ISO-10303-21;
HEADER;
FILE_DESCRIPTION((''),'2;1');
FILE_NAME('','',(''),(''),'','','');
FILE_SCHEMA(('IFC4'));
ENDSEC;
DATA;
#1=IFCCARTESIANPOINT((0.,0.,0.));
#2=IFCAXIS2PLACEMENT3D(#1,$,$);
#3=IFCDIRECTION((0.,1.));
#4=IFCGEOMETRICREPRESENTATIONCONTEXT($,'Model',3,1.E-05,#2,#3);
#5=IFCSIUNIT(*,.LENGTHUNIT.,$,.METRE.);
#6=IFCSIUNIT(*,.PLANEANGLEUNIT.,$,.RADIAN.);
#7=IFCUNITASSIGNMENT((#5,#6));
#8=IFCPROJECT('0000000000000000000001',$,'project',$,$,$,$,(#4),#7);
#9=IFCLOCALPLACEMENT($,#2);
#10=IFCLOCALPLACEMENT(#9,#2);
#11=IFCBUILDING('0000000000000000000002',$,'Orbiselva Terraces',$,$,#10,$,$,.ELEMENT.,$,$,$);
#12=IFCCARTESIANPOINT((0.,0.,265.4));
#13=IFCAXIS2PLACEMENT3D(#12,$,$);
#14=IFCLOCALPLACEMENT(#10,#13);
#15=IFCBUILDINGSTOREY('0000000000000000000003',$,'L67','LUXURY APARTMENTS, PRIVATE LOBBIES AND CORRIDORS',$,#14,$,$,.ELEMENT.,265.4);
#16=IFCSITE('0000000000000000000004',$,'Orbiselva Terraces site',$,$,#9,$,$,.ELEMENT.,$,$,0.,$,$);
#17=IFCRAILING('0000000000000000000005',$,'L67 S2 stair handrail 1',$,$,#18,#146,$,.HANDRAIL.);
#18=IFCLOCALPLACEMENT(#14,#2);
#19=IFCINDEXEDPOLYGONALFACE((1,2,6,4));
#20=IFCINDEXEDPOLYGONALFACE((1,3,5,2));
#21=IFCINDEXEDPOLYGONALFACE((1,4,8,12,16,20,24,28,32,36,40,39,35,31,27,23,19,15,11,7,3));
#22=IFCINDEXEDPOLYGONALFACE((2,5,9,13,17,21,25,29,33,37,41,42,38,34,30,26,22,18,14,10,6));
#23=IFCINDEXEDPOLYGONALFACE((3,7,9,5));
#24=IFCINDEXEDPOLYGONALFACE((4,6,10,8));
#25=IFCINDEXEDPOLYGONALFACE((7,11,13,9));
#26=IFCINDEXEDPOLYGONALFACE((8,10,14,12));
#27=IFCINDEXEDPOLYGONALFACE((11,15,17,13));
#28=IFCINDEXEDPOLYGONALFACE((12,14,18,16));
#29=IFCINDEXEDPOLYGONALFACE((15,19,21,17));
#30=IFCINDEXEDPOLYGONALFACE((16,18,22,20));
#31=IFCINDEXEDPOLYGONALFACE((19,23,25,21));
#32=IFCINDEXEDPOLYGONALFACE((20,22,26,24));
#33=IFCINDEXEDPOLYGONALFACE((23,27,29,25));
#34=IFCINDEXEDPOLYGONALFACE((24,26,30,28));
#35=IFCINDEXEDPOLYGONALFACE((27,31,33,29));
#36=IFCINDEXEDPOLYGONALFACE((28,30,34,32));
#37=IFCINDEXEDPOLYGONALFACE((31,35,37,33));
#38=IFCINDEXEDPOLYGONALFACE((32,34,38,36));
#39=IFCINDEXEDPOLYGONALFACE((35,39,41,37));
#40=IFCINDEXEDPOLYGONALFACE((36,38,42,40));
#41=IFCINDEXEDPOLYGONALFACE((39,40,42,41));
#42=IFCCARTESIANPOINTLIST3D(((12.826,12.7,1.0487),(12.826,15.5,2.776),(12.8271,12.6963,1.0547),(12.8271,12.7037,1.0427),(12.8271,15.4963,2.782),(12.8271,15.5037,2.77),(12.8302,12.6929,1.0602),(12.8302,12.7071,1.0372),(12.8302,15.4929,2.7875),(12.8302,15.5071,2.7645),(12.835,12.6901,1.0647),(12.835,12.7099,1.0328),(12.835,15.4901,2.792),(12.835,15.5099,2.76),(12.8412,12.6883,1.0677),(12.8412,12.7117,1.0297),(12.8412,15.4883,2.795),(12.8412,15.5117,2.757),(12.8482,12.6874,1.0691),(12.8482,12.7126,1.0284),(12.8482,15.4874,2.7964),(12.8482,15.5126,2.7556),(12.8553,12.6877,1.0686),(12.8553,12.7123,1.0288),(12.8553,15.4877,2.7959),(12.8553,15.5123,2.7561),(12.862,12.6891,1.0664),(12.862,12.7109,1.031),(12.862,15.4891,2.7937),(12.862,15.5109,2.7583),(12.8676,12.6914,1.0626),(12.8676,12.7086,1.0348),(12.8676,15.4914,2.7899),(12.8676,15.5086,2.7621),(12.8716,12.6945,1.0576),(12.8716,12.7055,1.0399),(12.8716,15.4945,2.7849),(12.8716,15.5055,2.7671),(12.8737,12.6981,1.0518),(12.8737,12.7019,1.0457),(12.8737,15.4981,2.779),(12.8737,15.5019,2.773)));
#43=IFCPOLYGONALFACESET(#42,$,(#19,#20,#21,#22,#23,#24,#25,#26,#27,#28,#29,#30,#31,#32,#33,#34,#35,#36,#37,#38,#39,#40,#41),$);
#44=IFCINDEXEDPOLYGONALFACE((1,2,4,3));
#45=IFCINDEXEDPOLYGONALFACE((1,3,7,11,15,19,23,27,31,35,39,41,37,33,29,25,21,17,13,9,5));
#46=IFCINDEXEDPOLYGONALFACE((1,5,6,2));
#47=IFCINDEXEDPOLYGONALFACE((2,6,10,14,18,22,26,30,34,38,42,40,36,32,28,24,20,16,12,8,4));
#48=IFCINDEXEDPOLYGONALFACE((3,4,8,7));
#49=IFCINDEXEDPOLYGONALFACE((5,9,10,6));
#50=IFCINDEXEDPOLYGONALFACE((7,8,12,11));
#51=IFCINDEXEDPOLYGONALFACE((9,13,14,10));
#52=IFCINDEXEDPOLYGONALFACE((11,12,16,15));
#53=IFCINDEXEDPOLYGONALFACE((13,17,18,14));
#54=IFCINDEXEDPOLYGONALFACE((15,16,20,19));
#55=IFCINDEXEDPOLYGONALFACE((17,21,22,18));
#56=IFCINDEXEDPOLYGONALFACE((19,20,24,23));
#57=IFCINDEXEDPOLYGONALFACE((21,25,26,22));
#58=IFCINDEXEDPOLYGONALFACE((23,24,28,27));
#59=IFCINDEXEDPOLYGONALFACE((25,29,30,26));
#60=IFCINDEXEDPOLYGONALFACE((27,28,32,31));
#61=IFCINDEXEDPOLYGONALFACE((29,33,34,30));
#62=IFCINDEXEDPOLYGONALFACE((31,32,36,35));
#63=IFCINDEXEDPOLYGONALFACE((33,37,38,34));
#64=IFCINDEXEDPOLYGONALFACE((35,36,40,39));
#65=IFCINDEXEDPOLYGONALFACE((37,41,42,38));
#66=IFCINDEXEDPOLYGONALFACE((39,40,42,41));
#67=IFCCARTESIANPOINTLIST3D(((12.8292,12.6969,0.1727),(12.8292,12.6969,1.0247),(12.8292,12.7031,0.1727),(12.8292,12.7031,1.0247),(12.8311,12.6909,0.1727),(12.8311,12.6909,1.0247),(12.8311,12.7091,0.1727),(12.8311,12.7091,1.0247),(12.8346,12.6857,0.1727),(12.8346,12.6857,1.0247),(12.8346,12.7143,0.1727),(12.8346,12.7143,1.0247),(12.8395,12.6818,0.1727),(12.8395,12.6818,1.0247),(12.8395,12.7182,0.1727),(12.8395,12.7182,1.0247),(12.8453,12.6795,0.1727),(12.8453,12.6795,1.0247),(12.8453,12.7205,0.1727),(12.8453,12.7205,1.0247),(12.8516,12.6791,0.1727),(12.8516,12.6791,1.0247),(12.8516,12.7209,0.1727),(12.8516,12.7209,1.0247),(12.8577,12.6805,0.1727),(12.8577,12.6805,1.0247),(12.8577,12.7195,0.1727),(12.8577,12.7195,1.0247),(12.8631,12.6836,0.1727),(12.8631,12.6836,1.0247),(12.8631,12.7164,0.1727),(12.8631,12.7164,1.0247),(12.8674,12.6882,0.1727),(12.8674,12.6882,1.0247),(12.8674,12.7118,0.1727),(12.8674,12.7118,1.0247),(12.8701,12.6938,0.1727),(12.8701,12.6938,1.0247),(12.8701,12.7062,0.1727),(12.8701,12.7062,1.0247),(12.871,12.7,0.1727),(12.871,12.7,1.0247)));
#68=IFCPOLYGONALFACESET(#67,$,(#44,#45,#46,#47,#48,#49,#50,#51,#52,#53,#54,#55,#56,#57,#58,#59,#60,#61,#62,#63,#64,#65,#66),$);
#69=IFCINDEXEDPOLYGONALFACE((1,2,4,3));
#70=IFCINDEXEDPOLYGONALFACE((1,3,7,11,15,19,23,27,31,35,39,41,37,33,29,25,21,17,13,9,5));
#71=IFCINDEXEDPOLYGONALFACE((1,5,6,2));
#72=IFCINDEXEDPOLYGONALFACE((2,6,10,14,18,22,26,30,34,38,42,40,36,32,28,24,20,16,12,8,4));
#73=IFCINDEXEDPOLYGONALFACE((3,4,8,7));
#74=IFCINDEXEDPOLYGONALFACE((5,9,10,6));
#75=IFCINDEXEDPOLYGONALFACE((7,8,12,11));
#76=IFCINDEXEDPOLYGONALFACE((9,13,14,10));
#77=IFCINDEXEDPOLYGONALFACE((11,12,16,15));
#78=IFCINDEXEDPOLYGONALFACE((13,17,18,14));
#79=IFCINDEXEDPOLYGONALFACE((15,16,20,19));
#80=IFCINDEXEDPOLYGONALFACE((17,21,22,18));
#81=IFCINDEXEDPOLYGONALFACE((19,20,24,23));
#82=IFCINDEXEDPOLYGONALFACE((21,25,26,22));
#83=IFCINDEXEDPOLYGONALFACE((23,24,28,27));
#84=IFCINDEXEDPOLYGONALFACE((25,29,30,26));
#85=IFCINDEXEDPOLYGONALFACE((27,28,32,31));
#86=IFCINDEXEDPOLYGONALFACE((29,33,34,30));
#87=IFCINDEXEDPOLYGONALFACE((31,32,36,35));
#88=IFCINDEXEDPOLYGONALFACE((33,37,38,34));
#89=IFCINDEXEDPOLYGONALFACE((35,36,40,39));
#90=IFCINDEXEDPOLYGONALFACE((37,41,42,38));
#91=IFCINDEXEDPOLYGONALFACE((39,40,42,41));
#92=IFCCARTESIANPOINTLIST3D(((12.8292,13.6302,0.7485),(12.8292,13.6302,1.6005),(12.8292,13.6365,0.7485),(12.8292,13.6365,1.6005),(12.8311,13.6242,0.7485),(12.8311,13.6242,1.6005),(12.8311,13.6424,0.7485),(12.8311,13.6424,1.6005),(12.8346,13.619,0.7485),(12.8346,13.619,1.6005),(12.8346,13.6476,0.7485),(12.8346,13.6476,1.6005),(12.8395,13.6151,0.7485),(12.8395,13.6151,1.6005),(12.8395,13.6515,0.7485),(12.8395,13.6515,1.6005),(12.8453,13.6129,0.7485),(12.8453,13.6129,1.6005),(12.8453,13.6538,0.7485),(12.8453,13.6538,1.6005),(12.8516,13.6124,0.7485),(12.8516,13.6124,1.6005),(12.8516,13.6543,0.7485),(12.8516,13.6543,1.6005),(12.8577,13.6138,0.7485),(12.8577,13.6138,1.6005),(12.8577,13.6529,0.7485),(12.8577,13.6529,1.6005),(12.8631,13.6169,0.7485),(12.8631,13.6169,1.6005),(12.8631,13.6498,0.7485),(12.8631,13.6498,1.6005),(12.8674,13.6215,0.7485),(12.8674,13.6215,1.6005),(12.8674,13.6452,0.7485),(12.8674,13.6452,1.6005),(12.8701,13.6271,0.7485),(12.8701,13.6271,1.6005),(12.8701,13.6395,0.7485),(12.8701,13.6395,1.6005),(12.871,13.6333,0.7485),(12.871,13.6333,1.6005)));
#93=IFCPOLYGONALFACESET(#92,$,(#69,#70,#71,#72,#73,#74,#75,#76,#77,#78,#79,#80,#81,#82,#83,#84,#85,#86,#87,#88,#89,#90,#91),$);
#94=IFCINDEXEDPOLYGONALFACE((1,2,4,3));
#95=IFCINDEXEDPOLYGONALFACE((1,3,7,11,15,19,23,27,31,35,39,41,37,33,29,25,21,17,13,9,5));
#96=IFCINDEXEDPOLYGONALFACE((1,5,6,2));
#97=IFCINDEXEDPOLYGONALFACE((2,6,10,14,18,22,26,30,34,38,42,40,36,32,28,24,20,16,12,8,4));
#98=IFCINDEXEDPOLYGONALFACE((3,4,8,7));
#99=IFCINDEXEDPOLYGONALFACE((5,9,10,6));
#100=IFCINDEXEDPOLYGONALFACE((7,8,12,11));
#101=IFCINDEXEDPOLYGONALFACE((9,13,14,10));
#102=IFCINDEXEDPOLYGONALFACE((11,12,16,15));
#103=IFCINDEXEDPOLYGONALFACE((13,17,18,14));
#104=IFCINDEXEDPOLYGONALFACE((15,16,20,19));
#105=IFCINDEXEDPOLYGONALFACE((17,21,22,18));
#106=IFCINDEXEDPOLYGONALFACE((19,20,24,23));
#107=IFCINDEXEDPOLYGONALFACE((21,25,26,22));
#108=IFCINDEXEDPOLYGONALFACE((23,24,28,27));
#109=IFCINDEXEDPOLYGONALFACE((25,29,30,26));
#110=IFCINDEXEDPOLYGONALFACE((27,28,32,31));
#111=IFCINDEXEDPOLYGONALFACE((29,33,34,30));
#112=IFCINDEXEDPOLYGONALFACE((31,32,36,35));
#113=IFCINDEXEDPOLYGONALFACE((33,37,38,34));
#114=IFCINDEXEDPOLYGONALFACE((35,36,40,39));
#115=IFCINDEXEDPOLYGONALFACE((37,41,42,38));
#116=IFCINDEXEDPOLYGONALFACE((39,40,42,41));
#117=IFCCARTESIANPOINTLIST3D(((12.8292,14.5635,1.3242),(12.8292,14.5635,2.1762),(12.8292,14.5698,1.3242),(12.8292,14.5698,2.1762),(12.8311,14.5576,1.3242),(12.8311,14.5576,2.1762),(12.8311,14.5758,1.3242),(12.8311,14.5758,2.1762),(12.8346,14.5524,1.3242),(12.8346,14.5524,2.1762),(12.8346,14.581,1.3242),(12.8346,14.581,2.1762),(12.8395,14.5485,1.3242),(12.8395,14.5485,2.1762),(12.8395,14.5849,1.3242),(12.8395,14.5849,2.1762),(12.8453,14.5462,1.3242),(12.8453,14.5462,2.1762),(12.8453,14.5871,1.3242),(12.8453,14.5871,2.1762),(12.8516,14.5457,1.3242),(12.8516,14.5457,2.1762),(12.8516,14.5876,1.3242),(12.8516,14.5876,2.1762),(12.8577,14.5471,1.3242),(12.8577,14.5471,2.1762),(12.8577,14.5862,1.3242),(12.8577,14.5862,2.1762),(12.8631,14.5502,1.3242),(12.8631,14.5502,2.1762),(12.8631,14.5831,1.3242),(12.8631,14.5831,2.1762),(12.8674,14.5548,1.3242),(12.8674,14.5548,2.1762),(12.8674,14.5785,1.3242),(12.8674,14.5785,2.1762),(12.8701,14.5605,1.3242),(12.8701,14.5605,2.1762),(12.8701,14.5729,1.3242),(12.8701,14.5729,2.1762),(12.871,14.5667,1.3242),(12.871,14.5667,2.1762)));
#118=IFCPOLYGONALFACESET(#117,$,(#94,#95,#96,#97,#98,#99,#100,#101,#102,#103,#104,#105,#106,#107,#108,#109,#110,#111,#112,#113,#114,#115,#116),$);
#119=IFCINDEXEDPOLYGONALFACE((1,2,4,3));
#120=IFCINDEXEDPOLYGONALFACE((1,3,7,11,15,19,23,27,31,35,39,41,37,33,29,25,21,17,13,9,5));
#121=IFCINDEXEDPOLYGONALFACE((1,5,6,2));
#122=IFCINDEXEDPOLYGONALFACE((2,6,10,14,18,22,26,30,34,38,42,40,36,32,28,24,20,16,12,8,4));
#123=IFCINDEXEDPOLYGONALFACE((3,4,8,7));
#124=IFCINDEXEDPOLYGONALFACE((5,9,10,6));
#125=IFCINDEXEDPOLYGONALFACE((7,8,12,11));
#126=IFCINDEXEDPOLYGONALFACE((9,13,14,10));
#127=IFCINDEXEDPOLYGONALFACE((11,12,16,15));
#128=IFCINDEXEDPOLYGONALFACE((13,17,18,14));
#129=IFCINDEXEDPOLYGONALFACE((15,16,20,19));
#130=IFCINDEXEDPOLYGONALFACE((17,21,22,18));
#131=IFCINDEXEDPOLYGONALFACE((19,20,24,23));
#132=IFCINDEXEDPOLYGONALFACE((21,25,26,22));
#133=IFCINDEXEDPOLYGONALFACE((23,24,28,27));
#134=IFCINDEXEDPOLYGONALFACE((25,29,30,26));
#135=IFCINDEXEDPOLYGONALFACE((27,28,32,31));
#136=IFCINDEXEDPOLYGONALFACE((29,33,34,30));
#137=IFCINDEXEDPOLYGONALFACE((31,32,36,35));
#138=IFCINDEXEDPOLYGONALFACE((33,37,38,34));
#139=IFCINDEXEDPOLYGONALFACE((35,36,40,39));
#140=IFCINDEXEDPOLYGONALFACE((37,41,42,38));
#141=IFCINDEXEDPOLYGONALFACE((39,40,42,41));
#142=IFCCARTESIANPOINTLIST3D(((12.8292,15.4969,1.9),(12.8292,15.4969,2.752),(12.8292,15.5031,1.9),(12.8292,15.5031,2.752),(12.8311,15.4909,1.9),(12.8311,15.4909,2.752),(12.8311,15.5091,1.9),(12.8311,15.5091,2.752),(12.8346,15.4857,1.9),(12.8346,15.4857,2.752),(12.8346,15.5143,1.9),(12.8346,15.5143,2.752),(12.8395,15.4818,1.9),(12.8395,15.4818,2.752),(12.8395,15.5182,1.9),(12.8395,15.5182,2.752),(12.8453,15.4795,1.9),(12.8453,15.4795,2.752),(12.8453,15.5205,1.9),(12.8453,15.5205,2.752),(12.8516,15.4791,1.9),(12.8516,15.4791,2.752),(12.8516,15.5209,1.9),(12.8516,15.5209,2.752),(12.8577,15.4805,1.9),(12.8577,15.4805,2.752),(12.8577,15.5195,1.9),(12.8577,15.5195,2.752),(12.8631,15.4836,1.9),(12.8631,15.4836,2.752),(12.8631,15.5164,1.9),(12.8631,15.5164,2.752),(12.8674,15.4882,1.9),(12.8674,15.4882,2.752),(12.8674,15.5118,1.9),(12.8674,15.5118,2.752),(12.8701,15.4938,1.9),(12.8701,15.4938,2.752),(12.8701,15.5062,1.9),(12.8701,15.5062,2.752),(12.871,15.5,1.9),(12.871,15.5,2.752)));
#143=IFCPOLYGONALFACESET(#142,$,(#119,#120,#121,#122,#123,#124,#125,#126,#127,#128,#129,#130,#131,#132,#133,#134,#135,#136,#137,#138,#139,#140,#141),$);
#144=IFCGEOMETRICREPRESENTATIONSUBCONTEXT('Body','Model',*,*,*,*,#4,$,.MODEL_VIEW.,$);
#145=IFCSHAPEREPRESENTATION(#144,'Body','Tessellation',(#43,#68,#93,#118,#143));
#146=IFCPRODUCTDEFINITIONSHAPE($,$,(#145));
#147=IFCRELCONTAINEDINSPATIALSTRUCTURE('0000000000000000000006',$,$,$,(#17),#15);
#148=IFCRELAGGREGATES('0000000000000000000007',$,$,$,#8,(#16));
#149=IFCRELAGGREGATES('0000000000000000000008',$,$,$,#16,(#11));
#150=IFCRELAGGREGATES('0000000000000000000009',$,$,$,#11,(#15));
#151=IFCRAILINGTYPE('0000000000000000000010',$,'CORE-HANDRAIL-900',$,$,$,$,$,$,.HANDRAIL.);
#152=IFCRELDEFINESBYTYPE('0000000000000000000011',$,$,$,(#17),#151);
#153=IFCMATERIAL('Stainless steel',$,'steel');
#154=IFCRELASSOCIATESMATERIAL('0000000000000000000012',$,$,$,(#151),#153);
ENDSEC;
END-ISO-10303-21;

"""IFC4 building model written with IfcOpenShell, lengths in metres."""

from ifc_helpers import new_model, si_unit, direction, frame, origin, origin_2d, place, context, subcontext, project, spatial, circle, extrude, material, type_object, element, save


model = new_model("IFC4")

# Units and contexts
model_context = context("Model", 3, precision=1e-05, world=origin(), true_north=direction((0.0, 1.0)))
body_context = subcontext(model_context, "Body", "Model", "MODEL_VIEW")
ifc_project = project(units=[si_unit("LENGTHUNIT", "METRE"), si_unit("PLANEANGLEUNIT", "RADIAN")], contexts=[model_context])

# Site, building, storey
site_placement = place(None, origin())
site = spatial("IfcSite", under=ifc_project, at=site_placement, Name="Orbiselva Terraces site", CompositionType="ELEMENT", RefElevation=0.0)
building_placement = place(site_placement, origin())
building = spatial("IfcBuilding", under=site, at=building_placement, Name="Orbiselva Terraces", CompositionType="ELEMENT")
storey_placement = place(building_placement, frame((0.0, 0.0, 265.4)))
storey = spatial("IfcBuildingStorey", under=building, at=storey_placement, Name="L67", Description="LUXURY APARTMENTS, PRIVATE LOBBIES AND CORRIDORS", CompositionType="ELEMENT", Elevation=265.4)

# Railing
ifc_material_1 = material(Name="Stainless steel", Category="steel")
railing_type_1 = type_object("IfcRailingType", Name="CORE-HANDRAIL-900", PredefinedType="HANDRAIL", material=ifc_material_1)
railing_1_placement = place(storey_placement, frame((12.85, 12.7, 0.1727)))
element("IfcRailing", 1, at=railing_1_placement, inside=storey, type_object=railing_type_1, Name="L67 S2 stair handrail 1", PredefinedType="HANDRAIL", context=body_context, shape_type="SweptSolid", body=[
    extrude(circle(Radius=0.024, at=origin_2d()), frame((0.0, 0.0, 0.876), z_axis=(0.0, 0.851089, 0.525022), x_axis=(-1.0, 0.0, 0.0)), (0.0, 0.0, 1.0), 3.2899),
    extrude(circle(Radius=0.021, at=origin_2d()), origin(), (0.0, 0.0, 1.0), 0.852),
    extrude(circle(Radius=0.021, at=origin_2d()), frame((0.0, 0.9333, 0.5758)), (0.0, 0.0, 1.0), 0.852),
    extrude(circle(Radius=0.021, at=origin_2d()), frame((0.0, 1.8667, 1.1515)), (0.0, 0.0, 1.0), 0.852),
    extrude(circle(Radius=0.021, at=origin_2d()), frame((0.0, 2.8, 1.7273)), (0.0, 0.0, 1.0), 0.852),
])

save(model, "model.ifc")
